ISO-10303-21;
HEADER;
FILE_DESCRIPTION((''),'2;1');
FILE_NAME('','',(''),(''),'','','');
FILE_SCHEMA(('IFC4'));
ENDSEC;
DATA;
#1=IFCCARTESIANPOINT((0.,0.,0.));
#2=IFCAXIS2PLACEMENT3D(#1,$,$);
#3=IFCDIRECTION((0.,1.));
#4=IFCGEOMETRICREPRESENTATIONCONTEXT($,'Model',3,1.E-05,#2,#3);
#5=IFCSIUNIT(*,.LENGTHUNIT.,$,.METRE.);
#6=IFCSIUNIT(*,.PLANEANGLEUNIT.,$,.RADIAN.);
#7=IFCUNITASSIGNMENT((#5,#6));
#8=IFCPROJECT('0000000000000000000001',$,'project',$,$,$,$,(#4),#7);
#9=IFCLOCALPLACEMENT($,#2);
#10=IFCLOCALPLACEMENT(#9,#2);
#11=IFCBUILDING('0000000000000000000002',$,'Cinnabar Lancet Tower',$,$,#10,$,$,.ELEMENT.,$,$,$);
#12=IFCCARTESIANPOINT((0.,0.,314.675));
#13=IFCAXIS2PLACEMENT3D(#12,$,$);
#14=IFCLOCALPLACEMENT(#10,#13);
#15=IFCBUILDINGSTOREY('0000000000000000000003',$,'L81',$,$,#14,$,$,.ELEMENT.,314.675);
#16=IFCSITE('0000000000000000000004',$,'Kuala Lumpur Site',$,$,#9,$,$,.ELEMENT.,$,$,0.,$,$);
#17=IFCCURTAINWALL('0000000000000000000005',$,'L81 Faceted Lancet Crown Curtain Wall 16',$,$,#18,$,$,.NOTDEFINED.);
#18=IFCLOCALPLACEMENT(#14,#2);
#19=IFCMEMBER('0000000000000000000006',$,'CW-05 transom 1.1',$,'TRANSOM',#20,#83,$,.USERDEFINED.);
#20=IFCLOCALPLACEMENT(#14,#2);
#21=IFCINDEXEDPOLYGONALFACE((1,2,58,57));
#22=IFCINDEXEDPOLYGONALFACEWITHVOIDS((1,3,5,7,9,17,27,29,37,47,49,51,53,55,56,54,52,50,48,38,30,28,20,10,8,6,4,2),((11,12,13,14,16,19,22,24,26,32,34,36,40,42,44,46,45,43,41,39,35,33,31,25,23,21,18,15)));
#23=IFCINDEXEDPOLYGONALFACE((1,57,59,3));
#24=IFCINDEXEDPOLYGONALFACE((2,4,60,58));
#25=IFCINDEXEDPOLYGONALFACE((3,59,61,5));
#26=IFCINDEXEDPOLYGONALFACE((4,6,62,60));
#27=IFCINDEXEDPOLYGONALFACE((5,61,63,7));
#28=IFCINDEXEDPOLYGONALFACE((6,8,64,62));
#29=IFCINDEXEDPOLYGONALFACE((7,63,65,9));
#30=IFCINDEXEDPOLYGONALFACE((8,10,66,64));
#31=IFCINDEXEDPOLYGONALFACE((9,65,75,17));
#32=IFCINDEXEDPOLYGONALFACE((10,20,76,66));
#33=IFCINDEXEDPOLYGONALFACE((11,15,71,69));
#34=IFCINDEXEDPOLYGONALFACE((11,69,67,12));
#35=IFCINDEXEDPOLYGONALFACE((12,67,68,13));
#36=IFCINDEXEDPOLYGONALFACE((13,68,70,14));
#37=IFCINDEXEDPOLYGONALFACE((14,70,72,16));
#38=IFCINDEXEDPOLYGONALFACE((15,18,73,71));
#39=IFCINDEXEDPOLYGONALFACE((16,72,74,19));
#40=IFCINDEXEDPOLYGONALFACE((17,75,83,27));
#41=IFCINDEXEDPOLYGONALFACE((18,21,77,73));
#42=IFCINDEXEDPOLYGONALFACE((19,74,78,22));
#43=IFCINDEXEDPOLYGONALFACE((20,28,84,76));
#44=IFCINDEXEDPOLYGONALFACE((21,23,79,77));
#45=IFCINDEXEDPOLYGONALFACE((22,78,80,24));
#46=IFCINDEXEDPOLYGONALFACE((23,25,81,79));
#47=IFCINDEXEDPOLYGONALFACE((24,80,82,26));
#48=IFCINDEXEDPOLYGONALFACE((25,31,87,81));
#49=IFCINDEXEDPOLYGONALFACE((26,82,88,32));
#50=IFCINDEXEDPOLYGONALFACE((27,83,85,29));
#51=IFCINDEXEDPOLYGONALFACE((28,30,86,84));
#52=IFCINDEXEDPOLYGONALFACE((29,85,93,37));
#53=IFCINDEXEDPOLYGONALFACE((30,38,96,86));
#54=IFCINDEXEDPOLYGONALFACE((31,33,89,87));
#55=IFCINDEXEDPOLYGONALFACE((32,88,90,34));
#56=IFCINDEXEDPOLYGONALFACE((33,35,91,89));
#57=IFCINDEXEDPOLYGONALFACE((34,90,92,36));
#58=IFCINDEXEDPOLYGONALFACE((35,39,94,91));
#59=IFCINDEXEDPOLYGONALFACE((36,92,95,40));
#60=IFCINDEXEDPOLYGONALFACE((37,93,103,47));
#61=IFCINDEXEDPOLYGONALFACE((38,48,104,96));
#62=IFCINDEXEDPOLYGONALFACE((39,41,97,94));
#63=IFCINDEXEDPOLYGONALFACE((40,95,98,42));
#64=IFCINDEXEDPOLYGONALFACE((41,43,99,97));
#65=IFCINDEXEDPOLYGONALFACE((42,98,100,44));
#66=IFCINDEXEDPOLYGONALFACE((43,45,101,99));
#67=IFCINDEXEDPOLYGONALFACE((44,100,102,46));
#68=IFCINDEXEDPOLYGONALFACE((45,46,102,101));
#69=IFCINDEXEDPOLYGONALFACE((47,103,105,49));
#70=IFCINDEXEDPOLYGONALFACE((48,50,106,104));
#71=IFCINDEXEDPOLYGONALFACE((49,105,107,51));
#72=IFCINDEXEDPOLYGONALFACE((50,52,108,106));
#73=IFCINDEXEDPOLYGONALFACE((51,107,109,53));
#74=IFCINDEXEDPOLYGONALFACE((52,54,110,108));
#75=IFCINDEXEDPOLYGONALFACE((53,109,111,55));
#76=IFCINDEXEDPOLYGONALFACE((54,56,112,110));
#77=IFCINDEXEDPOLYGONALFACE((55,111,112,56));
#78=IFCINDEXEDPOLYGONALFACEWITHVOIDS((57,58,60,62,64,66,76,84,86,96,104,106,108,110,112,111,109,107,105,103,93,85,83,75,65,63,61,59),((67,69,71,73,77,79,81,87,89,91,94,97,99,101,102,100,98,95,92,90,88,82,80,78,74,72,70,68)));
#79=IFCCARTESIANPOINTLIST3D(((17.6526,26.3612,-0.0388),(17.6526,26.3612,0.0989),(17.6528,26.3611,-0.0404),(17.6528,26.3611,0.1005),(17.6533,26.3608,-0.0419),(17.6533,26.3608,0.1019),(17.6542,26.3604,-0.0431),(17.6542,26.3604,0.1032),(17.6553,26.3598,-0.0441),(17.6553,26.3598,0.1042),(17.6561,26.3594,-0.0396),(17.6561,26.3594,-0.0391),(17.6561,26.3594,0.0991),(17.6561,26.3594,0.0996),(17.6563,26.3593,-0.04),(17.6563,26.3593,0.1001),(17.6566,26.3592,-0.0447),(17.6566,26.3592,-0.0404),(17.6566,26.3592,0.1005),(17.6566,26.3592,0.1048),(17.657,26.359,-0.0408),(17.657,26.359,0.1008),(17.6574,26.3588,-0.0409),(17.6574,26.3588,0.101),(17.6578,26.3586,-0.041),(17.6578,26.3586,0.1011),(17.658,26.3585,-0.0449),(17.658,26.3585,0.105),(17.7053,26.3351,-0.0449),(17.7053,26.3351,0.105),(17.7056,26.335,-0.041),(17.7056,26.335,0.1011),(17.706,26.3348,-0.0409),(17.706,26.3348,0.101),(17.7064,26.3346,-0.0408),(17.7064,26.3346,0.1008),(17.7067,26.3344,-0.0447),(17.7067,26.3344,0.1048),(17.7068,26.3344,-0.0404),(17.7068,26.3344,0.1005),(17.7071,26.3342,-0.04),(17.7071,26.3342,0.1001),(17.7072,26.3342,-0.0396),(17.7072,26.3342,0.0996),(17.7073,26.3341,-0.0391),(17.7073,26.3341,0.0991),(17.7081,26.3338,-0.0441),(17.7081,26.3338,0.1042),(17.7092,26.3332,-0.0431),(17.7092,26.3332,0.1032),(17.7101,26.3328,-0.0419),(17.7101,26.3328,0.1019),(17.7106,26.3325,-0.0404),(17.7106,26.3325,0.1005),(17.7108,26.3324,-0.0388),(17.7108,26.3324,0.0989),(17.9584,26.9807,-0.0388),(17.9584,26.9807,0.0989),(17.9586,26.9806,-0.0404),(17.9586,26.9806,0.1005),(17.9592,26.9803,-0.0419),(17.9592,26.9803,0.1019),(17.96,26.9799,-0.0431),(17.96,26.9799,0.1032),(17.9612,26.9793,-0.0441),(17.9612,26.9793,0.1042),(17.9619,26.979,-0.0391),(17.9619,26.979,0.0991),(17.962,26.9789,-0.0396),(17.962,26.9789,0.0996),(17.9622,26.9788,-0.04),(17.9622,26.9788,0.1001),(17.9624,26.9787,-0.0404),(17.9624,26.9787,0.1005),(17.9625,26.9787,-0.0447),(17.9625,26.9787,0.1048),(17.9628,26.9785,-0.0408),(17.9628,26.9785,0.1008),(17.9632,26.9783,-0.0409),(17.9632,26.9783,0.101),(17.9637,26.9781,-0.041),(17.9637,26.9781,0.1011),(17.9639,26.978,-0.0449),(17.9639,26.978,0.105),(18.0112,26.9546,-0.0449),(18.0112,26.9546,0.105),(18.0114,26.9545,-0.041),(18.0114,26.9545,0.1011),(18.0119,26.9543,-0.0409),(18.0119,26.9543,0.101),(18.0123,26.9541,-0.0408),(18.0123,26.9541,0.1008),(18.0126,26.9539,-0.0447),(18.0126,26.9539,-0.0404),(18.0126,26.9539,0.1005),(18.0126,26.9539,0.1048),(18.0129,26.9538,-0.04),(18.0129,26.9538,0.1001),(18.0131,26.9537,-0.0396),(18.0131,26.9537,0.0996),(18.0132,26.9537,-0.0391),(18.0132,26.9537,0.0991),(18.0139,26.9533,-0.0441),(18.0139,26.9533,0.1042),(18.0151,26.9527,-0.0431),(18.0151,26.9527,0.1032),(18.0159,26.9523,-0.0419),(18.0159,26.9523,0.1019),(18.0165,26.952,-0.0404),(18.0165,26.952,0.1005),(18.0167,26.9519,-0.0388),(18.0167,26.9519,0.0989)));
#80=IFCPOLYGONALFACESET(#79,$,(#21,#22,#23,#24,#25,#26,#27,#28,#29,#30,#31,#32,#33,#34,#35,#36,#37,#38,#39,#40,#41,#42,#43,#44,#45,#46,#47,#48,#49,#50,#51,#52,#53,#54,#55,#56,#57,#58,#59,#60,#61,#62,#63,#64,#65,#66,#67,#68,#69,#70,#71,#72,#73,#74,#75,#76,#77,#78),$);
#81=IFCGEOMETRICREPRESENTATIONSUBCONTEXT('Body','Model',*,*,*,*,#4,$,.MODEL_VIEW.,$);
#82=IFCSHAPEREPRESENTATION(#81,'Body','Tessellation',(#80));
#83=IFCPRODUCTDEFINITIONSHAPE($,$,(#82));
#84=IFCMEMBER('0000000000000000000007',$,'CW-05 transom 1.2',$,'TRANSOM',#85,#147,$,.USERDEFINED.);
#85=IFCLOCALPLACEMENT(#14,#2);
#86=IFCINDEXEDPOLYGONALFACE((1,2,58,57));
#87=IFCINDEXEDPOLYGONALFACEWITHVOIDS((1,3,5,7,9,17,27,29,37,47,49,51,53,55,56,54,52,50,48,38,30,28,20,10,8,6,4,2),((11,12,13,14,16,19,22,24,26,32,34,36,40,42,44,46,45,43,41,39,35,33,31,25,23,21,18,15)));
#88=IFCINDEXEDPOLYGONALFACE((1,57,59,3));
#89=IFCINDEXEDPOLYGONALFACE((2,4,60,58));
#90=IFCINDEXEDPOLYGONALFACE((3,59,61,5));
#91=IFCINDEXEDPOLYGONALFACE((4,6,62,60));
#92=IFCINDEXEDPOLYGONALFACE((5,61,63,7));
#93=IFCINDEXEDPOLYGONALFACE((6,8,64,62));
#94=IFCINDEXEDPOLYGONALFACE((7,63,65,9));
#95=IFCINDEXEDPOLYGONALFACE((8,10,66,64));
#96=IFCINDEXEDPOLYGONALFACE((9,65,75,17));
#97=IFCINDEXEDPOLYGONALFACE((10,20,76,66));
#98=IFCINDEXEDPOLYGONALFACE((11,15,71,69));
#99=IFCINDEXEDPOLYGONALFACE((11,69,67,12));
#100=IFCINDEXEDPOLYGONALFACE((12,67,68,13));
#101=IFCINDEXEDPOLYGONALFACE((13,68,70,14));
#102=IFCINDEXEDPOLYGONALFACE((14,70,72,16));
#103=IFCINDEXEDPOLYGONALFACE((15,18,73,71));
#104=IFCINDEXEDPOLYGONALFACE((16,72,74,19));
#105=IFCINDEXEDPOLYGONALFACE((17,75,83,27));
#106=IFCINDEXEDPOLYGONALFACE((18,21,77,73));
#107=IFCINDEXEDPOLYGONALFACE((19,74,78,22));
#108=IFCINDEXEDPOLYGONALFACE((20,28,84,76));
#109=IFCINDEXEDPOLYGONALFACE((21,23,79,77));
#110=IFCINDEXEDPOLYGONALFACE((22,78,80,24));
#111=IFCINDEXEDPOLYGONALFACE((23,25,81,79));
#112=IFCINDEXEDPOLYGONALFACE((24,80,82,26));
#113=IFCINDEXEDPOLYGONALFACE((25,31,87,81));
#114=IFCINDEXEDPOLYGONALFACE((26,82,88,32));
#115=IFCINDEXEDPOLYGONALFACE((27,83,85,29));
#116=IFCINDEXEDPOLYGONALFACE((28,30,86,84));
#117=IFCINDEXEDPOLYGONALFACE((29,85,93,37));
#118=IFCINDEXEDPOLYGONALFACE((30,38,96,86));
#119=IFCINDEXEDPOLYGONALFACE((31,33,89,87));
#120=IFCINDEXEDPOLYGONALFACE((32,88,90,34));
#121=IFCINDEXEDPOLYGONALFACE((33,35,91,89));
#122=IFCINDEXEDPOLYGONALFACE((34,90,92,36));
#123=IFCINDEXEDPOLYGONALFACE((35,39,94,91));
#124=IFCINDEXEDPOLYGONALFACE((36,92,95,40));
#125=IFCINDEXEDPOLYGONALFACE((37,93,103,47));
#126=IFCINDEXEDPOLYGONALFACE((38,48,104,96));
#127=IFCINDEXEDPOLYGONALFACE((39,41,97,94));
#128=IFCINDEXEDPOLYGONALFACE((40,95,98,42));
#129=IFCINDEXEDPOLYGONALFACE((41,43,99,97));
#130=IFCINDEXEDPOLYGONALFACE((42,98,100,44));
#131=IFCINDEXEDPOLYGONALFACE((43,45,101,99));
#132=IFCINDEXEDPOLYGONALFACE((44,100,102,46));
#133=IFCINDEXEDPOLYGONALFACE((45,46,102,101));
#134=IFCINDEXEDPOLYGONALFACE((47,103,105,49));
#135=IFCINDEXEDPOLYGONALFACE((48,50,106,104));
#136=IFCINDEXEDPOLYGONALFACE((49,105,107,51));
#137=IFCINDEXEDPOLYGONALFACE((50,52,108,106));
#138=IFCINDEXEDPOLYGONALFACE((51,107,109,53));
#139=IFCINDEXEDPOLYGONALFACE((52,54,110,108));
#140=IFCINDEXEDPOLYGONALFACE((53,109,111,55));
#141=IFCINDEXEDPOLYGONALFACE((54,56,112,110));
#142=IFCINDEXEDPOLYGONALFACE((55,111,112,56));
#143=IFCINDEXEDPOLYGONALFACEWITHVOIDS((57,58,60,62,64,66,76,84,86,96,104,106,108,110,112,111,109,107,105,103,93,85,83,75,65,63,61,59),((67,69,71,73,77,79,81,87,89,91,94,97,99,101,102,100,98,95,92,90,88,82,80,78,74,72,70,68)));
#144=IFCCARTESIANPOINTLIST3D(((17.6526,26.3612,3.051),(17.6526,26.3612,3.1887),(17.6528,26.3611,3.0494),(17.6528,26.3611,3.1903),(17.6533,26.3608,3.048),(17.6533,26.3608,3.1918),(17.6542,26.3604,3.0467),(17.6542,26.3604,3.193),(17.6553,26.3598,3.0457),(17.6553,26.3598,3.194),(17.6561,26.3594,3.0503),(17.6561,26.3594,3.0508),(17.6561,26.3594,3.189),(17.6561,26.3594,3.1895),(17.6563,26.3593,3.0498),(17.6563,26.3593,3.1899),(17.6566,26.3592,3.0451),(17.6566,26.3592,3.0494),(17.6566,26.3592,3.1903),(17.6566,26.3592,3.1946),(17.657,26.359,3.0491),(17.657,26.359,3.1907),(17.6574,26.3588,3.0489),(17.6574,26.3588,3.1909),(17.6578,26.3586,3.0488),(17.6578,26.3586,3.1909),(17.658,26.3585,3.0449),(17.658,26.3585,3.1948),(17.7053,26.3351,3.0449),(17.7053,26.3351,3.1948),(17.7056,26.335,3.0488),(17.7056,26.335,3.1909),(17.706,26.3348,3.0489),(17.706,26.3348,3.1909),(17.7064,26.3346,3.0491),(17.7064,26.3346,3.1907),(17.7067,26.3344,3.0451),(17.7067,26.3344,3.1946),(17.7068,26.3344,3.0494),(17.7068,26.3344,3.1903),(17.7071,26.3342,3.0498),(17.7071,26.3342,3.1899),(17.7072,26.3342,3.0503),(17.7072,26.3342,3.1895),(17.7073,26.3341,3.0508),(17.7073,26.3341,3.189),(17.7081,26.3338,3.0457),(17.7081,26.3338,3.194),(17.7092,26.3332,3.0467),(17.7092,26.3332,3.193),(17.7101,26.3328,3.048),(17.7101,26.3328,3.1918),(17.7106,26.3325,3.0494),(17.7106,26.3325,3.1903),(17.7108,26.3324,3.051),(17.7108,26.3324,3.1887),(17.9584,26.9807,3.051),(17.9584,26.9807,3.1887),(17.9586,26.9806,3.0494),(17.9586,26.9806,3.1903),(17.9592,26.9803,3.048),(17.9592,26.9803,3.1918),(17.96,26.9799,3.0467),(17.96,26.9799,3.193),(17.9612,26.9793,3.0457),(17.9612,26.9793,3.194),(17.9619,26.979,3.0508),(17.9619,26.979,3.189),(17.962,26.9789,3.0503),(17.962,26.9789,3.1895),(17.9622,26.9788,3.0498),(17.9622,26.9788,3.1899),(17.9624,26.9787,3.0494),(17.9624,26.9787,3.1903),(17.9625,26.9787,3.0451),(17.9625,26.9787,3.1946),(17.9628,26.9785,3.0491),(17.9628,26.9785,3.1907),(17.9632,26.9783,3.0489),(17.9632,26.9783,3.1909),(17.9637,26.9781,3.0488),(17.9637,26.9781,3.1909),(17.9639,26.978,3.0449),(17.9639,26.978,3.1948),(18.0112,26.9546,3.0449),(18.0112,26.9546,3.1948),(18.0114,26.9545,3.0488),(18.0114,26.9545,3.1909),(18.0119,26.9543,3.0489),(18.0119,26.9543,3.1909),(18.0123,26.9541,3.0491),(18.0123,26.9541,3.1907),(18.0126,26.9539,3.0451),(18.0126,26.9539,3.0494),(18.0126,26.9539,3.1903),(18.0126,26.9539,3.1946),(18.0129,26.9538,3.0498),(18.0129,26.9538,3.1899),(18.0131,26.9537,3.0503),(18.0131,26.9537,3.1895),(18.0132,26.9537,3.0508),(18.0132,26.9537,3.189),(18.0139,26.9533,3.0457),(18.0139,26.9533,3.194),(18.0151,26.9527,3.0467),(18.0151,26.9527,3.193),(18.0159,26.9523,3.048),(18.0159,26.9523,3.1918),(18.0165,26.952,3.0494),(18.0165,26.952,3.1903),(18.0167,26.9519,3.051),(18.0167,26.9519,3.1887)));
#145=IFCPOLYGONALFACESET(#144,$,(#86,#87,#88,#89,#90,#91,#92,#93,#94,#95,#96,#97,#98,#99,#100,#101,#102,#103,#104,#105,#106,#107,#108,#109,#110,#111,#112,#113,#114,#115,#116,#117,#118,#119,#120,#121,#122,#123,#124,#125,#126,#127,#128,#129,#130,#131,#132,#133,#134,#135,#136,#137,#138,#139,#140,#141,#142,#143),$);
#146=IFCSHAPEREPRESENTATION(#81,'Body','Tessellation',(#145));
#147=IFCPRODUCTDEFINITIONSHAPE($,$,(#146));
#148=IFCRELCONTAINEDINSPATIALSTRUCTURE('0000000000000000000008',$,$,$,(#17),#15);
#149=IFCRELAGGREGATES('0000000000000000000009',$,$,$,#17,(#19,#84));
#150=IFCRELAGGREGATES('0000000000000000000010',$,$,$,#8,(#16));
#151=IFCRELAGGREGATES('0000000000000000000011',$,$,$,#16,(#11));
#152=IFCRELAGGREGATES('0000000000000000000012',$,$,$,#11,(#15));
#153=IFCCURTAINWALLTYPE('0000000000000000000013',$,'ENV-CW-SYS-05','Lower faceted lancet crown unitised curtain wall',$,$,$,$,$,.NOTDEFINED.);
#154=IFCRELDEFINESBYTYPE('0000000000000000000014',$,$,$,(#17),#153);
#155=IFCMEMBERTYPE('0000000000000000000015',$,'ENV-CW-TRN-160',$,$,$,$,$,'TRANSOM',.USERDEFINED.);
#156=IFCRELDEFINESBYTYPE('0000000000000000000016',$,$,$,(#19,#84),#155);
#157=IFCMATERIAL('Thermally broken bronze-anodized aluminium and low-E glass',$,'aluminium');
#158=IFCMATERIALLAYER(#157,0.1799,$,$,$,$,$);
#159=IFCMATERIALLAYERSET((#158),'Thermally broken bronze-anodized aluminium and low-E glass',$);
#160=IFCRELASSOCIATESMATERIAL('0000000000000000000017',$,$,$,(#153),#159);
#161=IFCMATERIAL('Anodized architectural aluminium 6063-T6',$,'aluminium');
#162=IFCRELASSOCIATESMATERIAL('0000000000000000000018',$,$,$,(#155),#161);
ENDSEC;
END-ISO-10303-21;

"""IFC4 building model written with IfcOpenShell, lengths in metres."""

from ifc_helpers import new_model, si_unit, direction, frame, origin, origin_2d, place, context, subcontext, project, spatial, hollow_rectangle, extrude, material, layer, layer_set, material_profile, profile_set, type_object, element, aggregate, save


model = new_model("IFC4")

# Units and contexts
model_context = context("Model", 3, precision=1e-05, world=origin(), true_north=direction((0.0, 1.0)))
body_context = subcontext(model_context, "Body", "Model", "MODEL_VIEW")
ifc_project = project(units=[si_unit("LENGTHUNIT", "METRE"), si_unit("PLANEANGLEUNIT", "RADIAN")], contexts=[model_context])

# Site, building, storey
site_placement = place(None, origin())
site = spatial("IfcSite", under=ifc_project, at=site_placement, Name="Kuala Lumpur Site", CompositionType="ELEMENT", RefElevation=0.0)
building_placement = place(site_placement, origin())
building = spatial("IfcBuilding", under=site, at=building_placement, Name="Cinnabar Lancet Tower", CompositionType="ELEMENT")
storey_placement = place(building_placement, frame((0.0, 0.0, 314.675)))
storey = spatial("IfcBuildingStorey", under=building, at=storey_placement, Name="L81", CompositionType="ELEMENT", Elevation=314.675)

# Shared definitions
ifc_material_1 = material(Name="Thermally broken bronze-anodized aluminium and low-E glass", Category="aluminium")
ifc_layer_1 = layer(ifc_material_1, 0.1799)
ifc_layer_set_1 = layer_set([ifc_layer_1], Name="Thermally broken bronze-anodized aluminium and low-E glass")
curtain_wall_type = type_object("IfcCurtainWallType", Name="ENV-CW-SYS-05", Description="Lower faceted lancet crown unitised curtain wall", PredefinedType="NOTDEFINED", material=ifc_layer_set_1)

# Curtain wall
curtain_wall_1_placement = place(storey_placement, origin())
curtain_wall_1 = element("IfcCurtainWall", 1, at=curtain_wall_1_placement, inside=storey, type_object=curtain_wall_type, Name="L81 Faceted Lancet Crown Curtain Wall 16", PredefinedType="NOTDEFINED")

# Members
ifc_material_2 = material(Name="Anodized architectural aluminium 6063-T6", Category="aluminium")
ifc_material_profile_1 = material_profile(ifc_material_2, hollow_rectangle(XDim=0.0649, YDim=0.1499, WallThickness=0.0039, InnerFilletRadius=0.002, OuterFilletRadius=0.0061, at=origin_2d()), Name="CW-TRN 150x65x4")
ifc_profile_set_1 = profile_set([ifc_material_profile_1], Name="Anodized architectural aluminium 6063-T6")
member_type_1 = type_object("IfcMemberType", Name="ENV-CW-TRN-160", ElementType="TRANSOM", PredefinedType="USERDEFINED", material=ifc_profile_set_1)
member_1_placement = place(storey_placement, frame((17.9875, 26.9663, 0.03), z_axis=(-0.442686, -0.896677, 0.0), x_axis=(0.896677, -0.442686, 0.0)))
member_1 = element("IfcMember", 2, at=member_1_placement, type_object=member_type_1, Name="CW-05 transom 1.1", ObjectType="TRANSOM", PredefinedType="USERDEFINED", context=body_context, shape_type="SweptSolid", body=[
    extrude(hollow_rectangle(XDim=0.0649, YDim=0.1499, WallThickness=0.0039, InnerFilletRadius=0.002, OuterFilletRadius=0.0061, at=origin_2d()), origin(), (0.0, 0.0, 1.0), 0.6909),
])
member_2_placement = place(storey_placement, frame((17.9875, 26.9663, 3.1199), z_axis=(-0.442686, -0.896677, 0.0), x_axis=(0.896677, -0.442686, 0.0)))
member_2 = element("IfcMember", 3, at=member_2_placement, type_object=member_type_1, Name="CW-05 transom 1.2", ObjectType="TRANSOM", PredefinedType="USERDEFINED", context=body_context, shape_type="SweptSolid", body=[
    extrude(hollow_rectangle(XDim=0.0649, YDim=0.1499, WallThickness=0.0039, InnerFilletRadius=0.002, OuterFilletRadius=0.0061, at=origin_2d()), origin(), (0.0, 0.0, 1.0), 0.6909),
])

aggregate(curtain_wall_1, [member_1, member_2])

save(model, "model.ifc")
